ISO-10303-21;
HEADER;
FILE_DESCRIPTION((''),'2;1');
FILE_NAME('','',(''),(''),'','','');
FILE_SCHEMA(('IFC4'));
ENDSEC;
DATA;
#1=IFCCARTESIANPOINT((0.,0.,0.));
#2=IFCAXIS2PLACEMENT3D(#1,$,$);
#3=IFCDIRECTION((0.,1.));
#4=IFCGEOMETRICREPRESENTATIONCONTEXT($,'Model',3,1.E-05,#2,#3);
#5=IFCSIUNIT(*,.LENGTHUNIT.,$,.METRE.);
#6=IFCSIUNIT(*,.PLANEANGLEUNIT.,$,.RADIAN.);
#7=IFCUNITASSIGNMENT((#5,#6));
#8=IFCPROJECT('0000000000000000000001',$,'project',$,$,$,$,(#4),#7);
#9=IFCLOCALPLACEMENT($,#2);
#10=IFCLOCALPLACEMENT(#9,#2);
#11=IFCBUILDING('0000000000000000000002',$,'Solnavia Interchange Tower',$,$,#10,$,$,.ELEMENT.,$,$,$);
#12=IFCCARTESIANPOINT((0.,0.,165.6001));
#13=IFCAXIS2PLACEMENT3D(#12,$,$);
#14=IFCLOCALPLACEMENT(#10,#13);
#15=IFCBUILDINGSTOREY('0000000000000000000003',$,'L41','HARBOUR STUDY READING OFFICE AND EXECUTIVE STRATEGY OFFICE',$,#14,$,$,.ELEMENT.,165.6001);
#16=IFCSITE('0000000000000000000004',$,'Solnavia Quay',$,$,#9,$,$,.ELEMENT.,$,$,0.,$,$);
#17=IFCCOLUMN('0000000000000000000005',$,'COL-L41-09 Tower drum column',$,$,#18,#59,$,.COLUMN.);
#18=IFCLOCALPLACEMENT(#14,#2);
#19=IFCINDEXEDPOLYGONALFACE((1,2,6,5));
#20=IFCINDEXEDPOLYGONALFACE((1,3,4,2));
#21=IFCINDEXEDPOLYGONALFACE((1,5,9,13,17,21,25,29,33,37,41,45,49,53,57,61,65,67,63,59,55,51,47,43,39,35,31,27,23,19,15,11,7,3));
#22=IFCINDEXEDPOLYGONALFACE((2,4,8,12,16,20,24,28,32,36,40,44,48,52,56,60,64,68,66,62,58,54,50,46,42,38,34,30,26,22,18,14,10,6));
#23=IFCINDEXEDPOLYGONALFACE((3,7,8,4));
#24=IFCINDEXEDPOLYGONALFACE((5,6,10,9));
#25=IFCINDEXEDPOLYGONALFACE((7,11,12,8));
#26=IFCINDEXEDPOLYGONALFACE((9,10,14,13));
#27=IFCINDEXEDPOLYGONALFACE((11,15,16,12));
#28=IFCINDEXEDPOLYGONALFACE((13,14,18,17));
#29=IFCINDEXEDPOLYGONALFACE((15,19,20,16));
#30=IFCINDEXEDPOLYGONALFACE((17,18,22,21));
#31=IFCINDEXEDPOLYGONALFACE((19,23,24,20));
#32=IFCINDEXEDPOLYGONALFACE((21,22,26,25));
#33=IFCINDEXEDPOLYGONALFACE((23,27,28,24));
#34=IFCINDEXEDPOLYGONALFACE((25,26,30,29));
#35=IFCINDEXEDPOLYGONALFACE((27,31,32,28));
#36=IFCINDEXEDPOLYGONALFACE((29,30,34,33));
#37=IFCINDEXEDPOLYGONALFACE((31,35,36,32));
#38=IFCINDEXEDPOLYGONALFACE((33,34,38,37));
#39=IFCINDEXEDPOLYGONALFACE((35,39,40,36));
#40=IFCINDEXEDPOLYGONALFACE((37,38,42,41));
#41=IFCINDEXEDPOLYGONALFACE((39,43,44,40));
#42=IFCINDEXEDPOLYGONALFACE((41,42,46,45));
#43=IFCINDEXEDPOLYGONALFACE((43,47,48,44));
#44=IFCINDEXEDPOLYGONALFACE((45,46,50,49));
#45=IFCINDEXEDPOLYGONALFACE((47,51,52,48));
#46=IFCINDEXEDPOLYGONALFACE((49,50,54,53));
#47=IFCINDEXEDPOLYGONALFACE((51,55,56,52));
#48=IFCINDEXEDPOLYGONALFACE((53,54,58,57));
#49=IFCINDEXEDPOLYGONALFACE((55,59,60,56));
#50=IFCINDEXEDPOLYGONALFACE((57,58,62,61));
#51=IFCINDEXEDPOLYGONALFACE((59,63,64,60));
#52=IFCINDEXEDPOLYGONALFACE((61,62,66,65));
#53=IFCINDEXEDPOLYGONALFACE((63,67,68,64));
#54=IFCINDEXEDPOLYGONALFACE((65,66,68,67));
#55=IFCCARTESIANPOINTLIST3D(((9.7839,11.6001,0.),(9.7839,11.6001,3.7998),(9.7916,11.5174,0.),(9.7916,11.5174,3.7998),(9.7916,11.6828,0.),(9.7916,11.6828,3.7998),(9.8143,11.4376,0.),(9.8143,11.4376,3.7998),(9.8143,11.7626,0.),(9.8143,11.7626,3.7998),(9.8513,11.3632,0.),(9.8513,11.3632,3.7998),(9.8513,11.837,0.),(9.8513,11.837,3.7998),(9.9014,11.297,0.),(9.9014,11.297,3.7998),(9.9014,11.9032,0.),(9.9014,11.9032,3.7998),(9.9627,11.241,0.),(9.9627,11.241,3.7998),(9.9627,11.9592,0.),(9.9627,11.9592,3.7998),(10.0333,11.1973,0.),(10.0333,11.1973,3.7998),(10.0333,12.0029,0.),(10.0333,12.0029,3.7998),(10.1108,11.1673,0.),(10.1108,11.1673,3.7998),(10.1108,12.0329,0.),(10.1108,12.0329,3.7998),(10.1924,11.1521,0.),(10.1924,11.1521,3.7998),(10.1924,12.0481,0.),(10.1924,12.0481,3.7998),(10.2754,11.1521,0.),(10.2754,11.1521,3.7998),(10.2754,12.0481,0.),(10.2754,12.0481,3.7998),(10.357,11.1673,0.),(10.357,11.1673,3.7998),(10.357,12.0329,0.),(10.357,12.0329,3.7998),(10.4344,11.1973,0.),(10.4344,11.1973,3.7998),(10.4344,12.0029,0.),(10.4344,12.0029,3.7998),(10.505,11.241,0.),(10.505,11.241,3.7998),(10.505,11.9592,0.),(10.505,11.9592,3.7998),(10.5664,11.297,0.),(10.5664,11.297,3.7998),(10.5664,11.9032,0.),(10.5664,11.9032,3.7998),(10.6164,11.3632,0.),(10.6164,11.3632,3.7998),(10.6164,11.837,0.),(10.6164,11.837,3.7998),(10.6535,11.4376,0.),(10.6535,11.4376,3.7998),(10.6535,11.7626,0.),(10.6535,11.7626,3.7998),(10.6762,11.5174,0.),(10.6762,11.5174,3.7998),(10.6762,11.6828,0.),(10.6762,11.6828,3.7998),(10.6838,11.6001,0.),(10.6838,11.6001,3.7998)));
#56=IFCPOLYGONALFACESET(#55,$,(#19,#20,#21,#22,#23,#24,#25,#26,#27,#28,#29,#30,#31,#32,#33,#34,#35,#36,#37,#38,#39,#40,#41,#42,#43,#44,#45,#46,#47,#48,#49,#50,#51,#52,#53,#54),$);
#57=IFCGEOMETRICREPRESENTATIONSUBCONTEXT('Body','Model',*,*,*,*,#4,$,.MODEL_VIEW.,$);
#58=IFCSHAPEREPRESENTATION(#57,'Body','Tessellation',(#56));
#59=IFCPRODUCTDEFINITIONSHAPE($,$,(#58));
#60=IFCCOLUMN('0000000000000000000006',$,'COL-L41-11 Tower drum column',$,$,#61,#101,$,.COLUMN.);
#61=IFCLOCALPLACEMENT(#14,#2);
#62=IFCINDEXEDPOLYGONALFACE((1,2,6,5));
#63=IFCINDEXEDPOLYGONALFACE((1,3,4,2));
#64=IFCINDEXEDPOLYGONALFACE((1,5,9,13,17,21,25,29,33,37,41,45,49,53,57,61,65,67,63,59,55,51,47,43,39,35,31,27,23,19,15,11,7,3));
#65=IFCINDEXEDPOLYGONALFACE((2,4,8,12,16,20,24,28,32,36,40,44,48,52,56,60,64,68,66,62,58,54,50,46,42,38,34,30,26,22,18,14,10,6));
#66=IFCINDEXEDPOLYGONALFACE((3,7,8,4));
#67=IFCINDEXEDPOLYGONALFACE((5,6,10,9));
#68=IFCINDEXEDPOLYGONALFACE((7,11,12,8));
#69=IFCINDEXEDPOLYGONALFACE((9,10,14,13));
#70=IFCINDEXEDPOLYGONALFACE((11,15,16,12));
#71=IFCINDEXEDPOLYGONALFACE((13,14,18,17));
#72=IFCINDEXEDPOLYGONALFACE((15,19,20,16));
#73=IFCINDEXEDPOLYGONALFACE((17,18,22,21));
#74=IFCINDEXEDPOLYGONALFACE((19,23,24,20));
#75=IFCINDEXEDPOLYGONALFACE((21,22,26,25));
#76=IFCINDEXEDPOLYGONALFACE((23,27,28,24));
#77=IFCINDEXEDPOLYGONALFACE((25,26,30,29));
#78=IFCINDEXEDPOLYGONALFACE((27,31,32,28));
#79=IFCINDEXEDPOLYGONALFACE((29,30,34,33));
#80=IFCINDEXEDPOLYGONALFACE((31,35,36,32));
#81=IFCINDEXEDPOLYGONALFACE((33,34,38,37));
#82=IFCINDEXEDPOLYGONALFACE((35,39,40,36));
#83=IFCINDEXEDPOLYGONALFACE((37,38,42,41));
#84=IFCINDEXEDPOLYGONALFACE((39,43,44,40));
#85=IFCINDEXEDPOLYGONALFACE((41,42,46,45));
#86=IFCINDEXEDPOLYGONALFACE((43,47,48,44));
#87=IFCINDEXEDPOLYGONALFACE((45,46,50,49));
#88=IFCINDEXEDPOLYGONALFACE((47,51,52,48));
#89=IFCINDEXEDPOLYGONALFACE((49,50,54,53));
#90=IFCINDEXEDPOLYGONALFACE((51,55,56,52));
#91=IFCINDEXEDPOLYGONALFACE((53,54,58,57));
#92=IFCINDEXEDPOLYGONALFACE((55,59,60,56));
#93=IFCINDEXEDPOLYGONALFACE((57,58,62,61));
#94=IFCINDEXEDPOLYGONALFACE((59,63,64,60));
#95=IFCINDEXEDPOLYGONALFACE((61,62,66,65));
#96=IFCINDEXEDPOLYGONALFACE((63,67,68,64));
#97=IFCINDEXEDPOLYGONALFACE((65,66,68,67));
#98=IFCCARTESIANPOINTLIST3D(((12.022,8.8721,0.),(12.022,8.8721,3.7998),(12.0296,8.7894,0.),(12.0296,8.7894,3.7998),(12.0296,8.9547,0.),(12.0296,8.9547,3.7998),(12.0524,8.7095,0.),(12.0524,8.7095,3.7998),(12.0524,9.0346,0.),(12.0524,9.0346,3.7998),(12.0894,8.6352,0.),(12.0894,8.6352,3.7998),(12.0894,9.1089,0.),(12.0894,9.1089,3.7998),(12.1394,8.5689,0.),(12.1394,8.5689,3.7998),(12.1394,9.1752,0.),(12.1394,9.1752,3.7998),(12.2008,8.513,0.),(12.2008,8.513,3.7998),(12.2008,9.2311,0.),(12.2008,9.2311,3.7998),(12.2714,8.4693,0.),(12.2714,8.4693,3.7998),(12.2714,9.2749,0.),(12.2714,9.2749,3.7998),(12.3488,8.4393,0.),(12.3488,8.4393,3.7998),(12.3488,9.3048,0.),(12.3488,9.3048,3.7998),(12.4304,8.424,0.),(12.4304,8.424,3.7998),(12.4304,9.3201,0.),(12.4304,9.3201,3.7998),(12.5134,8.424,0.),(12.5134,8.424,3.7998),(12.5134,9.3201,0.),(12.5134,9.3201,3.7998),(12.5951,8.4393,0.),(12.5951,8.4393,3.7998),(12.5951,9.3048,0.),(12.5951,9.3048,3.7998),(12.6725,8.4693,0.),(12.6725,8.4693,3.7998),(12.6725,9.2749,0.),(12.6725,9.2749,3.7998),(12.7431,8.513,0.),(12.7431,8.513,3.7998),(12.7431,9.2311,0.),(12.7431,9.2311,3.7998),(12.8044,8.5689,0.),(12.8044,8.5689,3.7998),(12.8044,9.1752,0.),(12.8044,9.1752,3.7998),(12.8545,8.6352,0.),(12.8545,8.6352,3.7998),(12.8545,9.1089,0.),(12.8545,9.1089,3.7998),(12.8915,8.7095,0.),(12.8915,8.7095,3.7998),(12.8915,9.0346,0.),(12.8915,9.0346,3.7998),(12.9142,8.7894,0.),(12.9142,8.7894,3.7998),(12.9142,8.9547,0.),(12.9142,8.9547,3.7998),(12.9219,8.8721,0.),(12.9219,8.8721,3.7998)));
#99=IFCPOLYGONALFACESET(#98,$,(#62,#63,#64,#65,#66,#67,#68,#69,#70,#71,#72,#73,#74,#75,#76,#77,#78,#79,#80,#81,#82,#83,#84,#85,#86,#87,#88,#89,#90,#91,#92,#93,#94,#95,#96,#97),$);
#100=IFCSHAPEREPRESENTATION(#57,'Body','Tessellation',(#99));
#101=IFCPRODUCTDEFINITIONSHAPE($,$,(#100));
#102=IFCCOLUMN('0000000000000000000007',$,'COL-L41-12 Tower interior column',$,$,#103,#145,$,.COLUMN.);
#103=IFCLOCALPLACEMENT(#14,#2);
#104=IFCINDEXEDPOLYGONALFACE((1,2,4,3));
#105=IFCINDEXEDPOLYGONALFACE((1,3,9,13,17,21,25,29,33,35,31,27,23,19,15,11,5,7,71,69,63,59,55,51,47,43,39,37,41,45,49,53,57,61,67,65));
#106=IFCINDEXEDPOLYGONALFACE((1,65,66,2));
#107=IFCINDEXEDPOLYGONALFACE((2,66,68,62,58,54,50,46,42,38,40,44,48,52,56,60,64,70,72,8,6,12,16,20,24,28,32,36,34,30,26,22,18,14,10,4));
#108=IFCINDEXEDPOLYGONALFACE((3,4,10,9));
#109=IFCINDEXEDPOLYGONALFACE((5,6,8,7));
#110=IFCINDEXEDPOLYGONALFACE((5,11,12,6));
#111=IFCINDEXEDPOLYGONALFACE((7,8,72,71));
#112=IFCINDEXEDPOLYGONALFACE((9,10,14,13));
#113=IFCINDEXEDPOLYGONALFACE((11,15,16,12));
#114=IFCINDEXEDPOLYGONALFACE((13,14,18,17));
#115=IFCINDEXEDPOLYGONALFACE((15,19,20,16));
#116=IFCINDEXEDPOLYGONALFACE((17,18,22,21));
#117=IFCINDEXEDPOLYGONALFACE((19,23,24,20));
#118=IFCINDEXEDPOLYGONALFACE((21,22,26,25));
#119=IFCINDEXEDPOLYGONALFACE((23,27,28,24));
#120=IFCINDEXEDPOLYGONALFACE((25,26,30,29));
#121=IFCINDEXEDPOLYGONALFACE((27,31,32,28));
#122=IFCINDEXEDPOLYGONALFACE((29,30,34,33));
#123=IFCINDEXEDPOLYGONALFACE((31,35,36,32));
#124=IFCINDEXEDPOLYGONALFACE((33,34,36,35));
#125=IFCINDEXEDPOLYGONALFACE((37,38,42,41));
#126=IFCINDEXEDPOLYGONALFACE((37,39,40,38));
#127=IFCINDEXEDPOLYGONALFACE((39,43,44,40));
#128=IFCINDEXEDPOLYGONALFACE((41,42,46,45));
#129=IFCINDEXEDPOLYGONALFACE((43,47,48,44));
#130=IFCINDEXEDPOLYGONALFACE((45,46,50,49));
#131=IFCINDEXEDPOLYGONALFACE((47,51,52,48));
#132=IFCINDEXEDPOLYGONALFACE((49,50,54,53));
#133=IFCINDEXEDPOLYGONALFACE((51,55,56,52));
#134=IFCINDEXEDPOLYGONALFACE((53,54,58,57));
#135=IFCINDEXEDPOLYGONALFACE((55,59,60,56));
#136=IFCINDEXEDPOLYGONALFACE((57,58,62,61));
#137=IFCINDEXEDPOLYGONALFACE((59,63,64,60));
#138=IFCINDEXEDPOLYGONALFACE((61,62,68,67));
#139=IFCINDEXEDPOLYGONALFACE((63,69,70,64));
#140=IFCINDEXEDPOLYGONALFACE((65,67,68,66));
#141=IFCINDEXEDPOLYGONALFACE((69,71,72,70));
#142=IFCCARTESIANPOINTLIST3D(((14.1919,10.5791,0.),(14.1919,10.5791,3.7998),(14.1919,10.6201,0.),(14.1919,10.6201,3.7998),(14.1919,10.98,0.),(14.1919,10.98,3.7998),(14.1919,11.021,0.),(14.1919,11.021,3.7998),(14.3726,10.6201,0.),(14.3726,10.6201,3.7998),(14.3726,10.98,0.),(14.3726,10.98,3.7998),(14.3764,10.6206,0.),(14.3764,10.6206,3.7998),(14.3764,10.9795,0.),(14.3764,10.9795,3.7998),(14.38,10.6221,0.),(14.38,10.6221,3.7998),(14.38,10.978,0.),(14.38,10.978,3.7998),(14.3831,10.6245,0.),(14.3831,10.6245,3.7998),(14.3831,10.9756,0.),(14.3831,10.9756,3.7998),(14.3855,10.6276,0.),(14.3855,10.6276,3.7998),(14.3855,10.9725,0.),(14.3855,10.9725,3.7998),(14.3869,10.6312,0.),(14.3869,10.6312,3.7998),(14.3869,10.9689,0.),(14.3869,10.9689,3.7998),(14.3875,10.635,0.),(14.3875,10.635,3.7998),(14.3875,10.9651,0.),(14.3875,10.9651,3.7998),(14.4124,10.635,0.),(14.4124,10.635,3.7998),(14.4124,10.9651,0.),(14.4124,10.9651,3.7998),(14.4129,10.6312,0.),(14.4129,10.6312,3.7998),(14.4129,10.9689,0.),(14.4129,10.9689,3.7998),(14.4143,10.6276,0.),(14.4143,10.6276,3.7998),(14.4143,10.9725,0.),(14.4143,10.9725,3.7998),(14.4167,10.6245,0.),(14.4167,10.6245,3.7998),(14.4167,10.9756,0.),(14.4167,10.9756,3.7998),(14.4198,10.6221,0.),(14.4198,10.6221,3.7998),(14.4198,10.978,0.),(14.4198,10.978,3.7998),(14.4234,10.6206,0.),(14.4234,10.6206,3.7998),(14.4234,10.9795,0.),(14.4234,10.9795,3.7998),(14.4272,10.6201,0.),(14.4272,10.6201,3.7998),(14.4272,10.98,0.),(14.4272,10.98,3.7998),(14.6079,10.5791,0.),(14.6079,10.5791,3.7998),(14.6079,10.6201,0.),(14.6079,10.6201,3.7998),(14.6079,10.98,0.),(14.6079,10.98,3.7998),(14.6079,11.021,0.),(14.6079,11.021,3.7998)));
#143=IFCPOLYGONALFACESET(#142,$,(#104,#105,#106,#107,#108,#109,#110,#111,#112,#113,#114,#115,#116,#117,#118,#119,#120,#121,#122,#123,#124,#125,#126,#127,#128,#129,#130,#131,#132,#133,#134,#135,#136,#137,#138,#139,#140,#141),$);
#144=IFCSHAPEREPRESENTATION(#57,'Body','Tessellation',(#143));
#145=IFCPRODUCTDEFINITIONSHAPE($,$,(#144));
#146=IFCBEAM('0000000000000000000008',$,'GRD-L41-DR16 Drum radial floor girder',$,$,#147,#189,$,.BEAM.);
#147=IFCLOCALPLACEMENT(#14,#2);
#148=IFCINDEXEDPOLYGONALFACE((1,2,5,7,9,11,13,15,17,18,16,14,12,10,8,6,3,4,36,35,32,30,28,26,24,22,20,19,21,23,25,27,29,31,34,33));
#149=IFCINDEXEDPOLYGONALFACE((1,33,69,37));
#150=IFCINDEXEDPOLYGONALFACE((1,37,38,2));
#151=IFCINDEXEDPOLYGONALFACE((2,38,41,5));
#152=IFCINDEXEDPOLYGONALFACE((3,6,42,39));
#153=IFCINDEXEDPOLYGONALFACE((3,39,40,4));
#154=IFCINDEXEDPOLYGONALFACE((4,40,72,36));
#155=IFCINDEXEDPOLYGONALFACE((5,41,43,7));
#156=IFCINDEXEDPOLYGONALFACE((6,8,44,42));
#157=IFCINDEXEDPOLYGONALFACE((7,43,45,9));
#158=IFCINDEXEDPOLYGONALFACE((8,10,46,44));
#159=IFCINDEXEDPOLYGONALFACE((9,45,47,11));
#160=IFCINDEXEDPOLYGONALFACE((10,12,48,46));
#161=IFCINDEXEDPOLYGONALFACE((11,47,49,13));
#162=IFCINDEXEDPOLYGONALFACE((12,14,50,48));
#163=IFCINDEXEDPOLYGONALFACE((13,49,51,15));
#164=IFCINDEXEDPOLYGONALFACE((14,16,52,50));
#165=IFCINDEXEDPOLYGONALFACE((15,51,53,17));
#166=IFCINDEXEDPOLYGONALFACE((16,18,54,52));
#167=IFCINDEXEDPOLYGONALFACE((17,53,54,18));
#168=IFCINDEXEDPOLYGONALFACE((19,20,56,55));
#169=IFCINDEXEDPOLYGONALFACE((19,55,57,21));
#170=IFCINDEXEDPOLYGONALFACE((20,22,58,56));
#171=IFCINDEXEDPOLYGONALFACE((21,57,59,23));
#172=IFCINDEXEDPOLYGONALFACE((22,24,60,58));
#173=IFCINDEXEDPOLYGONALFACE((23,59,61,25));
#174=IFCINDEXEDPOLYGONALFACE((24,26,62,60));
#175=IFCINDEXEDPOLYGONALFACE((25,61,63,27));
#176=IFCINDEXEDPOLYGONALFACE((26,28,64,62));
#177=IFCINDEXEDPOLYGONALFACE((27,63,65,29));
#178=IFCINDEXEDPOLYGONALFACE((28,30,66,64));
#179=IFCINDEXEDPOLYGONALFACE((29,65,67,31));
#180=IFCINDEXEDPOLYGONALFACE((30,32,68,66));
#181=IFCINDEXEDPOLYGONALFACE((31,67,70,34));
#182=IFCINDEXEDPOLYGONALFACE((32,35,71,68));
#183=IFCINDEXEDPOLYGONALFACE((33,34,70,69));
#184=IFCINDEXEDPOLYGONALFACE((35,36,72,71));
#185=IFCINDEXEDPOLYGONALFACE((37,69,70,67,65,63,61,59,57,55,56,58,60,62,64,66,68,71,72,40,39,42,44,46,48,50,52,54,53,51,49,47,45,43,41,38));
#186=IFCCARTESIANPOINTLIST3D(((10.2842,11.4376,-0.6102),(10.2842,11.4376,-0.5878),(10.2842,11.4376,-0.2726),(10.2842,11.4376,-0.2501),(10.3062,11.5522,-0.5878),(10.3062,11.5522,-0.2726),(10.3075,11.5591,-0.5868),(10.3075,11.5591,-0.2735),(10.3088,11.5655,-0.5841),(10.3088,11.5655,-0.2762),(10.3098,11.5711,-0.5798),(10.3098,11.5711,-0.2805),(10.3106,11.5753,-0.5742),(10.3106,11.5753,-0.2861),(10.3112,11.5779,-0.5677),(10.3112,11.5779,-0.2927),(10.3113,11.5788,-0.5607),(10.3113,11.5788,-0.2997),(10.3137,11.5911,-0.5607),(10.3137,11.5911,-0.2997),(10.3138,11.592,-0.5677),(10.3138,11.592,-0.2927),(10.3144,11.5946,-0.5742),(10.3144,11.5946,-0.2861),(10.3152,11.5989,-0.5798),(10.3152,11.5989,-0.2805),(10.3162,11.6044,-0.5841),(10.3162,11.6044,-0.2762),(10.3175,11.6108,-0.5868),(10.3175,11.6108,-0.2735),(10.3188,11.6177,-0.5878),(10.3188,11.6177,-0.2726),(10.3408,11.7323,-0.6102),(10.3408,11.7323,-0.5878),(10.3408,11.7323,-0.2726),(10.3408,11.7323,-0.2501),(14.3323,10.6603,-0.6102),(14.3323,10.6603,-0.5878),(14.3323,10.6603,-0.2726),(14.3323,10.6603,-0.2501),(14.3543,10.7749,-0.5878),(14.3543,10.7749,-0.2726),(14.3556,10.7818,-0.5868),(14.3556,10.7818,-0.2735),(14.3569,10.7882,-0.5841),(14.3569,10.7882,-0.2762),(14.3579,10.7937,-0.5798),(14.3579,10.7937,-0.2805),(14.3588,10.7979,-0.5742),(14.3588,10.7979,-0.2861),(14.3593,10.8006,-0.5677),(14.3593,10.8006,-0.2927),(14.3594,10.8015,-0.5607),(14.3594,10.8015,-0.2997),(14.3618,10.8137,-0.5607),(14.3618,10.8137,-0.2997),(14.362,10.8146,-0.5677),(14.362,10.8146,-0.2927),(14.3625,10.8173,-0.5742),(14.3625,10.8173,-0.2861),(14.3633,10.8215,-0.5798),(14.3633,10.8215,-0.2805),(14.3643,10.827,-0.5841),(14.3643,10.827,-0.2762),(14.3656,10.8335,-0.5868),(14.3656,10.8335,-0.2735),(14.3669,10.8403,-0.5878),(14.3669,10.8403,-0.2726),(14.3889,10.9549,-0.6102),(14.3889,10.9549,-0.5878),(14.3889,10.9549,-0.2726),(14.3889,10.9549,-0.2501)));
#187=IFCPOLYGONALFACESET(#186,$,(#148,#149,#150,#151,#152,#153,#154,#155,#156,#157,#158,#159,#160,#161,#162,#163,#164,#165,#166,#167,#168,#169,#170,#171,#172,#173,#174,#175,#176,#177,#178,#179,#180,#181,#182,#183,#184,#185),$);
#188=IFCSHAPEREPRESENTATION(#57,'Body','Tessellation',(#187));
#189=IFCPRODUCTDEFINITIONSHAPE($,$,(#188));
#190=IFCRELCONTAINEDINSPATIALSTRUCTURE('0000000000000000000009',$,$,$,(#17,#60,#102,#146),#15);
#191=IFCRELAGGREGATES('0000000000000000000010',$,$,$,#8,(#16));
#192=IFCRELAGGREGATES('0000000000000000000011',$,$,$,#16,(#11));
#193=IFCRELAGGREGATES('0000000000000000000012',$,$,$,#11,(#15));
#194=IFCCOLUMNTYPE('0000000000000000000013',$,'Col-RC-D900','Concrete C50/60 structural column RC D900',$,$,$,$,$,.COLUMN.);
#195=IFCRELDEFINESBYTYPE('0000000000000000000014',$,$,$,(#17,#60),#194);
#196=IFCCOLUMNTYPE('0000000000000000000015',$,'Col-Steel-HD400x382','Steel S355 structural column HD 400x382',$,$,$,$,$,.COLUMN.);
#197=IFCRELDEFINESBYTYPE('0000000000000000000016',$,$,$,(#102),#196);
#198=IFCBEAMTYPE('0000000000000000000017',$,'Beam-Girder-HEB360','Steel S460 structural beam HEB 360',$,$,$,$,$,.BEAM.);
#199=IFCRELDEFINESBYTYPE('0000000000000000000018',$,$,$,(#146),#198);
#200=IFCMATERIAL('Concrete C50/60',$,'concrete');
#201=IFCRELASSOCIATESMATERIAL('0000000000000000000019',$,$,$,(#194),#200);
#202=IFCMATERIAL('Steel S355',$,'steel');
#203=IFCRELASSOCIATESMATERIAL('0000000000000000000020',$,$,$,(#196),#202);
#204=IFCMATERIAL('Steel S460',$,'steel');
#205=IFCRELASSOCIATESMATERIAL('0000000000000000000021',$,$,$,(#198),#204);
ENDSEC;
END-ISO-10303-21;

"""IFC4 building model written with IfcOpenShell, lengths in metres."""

from ifc_helpers import new_model, si_unit, direction, frame, origin, origin_2d, place, context, subcontext, project, spatial, circle, i_section, extrude, material, material_profile, profile_set, type_object, element, save


model = new_model("IFC4")

# Units and contexts
model_context = context("Model", 3, precision=1e-05, world=origin(), true_north=direction((0.0, 1.0)))
body_context = subcontext(model_context, "Body", "Model", "MODEL_VIEW")
ifc_project = project(units=[si_unit("LENGTHUNIT", "METRE"), si_unit("PLANEANGLEUNIT", "RADIAN")], contexts=[model_context])

# Site, building, storey
site_placement = place(None, origin())
site = spatial("IfcSite", under=ifc_project, at=site_placement, Name="Solnavia Quay", CompositionType="ELEMENT", RefElevation=0.0)
building_placement = place(site_placement, origin())
building = spatial("IfcBuilding", under=site, at=building_placement, Name="Solnavia Interchange Tower", CompositionType="ELEMENT")
storey_placement = place(building_placement, frame((0.0, 0.0, 165.6001)))
storey = spatial("IfcBuildingStorey", under=building, at=storey_placement, Name="L41", Description="HARBOUR STUDY READING OFFICE AND EXECUTIVE STRATEGY OFFICE", CompositionType="ELEMENT", Elevation=165.6001)

# Columns
ifc_material_1 = material(Name="Concrete C50/60", Category="concrete")
ifc_material_profile_1 = material_profile(ifc_material_1, circle(Radius=0.45, at=origin_2d()), Name="RC D900")
ifc_profile_set_1 = profile_set([ifc_material_profile_1], Name="Concrete C50/60")
column_type_1 = type_object("IfcColumnType", Name="Col-RC-D900", Description="Concrete C50/60 structural column RC D900", PredefinedType="COLUMN", material=ifc_profile_set_1)
for number, where, z_axis, x_axis, name in (
    (1, (10.2339, 11.6001, 0.0), (0.0, 0.0, 1.0), (1.0, 0.0, 0.0), "COL-L41-09 Tower drum column"),
    (2, (12.4719, 8.8721, 0.0), (0.0, 0.0, 1.0), (1.0, 0.0, 0.0), "COL-L41-11 Tower drum column"),
):
    element("IfcColumn", number, at=place(storey_placement, frame(where, z_axis=z_axis, x_axis=x_axis)), inside=storey, type_object=column_type_1, Name=name, PredefinedType="COLUMN", context=body_context, shape_type="SweptSolid", body=[
        extrude(circle(Radius=0.45, at=origin_2d()), origin(), (0.0, 0.0, 1.0), 3.7998),
    ])
ifc_material_2 = material(Name="Steel S355", Category="steel")
ifc_material_profile_2 = material_profile(ifc_material_2, i_section(OverallWidth=0.416, OverallDepth=0.4419, WebThickness=0.0249, FlangeThickness=0.041, FilletRadius=0.0149, at=origin_2d()), Name="HD 400x382")
ifc_profile_set_2 = profile_set([ifc_material_profile_2], Name="Steel S355")
column_type_2 = type_object("IfcColumnType", Name="Col-Steel-HD400x382", Description="Steel S355 structural column HD 400x382", PredefinedType="COLUMN", material=ifc_profile_set_2)
column_placement = place(storey_placement, frame((14.3999, 10.8, 0.0), z_axis=(0.0, 0.0, 1.0), x_axis=(1.0, 0.0, 0.0)))
element("IfcColumn", 3, at=column_placement, inside=storey, type_object=column_type_2, Name="COL-L41-12 Tower interior column", PredefinedType="COLUMN", context=body_context, shape_type="SweptSolid", body=[
    extrude(i_section(OverallWidth=0.416, OverallDepth=0.4419, WebThickness=0.0249, FlangeThickness=0.041, FilletRadius=0.0149, at=origin_2d()), origin(), (0.0, 0.0, 1.0), 3.7998),
])

# Beam
ifc_material_3 = material(Name="Steel S460", Category="steel")
ifc_material_profile_3 = material_profile(ifc_material_3, i_section(OverallWidth=0.3, OverallDepth=0.3601, WebThickness=0.0125, FlangeThickness=0.0225, FilletRadius=0.0271, at=origin_2d()), Name="HEB 360")
ifc_profile_set_3 = profile_set([ifc_material_profile_3], Name="Steel S460")
beam_type_1 = type_object("IfcBeamType", Name="Beam-Girder-HEB360", Description="Steel S460 structural beam HEB 360", PredefinedType="BEAM", material=ifc_profile_set_3)
beam_1_placement = place(storey_placement, frame((10.3125, 11.585, -0.4302), z_axis=(0.982058, -0.188582, 0.0), x_axis=(0.188582, 0.982058, 0.0)))
element("IfcBeam", 4, at=beam_1_placement, inside=storey, type_object=beam_type_1, Name="GRD-L41-DR16 Drum radial floor girder", PredefinedType="BEAM", context=body_context, shape_type="SweptSolid", body=[
    extrude(i_section(OverallWidth=0.3, OverallDepth=0.3601, WebThickness=0.0125, FlangeThickness=0.0225, FilletRadius=0.0271, at=origin_2d()), origin(), (0.0, 0.0, 1.0), 4.1221),
])

save(model, "model.ifc")
